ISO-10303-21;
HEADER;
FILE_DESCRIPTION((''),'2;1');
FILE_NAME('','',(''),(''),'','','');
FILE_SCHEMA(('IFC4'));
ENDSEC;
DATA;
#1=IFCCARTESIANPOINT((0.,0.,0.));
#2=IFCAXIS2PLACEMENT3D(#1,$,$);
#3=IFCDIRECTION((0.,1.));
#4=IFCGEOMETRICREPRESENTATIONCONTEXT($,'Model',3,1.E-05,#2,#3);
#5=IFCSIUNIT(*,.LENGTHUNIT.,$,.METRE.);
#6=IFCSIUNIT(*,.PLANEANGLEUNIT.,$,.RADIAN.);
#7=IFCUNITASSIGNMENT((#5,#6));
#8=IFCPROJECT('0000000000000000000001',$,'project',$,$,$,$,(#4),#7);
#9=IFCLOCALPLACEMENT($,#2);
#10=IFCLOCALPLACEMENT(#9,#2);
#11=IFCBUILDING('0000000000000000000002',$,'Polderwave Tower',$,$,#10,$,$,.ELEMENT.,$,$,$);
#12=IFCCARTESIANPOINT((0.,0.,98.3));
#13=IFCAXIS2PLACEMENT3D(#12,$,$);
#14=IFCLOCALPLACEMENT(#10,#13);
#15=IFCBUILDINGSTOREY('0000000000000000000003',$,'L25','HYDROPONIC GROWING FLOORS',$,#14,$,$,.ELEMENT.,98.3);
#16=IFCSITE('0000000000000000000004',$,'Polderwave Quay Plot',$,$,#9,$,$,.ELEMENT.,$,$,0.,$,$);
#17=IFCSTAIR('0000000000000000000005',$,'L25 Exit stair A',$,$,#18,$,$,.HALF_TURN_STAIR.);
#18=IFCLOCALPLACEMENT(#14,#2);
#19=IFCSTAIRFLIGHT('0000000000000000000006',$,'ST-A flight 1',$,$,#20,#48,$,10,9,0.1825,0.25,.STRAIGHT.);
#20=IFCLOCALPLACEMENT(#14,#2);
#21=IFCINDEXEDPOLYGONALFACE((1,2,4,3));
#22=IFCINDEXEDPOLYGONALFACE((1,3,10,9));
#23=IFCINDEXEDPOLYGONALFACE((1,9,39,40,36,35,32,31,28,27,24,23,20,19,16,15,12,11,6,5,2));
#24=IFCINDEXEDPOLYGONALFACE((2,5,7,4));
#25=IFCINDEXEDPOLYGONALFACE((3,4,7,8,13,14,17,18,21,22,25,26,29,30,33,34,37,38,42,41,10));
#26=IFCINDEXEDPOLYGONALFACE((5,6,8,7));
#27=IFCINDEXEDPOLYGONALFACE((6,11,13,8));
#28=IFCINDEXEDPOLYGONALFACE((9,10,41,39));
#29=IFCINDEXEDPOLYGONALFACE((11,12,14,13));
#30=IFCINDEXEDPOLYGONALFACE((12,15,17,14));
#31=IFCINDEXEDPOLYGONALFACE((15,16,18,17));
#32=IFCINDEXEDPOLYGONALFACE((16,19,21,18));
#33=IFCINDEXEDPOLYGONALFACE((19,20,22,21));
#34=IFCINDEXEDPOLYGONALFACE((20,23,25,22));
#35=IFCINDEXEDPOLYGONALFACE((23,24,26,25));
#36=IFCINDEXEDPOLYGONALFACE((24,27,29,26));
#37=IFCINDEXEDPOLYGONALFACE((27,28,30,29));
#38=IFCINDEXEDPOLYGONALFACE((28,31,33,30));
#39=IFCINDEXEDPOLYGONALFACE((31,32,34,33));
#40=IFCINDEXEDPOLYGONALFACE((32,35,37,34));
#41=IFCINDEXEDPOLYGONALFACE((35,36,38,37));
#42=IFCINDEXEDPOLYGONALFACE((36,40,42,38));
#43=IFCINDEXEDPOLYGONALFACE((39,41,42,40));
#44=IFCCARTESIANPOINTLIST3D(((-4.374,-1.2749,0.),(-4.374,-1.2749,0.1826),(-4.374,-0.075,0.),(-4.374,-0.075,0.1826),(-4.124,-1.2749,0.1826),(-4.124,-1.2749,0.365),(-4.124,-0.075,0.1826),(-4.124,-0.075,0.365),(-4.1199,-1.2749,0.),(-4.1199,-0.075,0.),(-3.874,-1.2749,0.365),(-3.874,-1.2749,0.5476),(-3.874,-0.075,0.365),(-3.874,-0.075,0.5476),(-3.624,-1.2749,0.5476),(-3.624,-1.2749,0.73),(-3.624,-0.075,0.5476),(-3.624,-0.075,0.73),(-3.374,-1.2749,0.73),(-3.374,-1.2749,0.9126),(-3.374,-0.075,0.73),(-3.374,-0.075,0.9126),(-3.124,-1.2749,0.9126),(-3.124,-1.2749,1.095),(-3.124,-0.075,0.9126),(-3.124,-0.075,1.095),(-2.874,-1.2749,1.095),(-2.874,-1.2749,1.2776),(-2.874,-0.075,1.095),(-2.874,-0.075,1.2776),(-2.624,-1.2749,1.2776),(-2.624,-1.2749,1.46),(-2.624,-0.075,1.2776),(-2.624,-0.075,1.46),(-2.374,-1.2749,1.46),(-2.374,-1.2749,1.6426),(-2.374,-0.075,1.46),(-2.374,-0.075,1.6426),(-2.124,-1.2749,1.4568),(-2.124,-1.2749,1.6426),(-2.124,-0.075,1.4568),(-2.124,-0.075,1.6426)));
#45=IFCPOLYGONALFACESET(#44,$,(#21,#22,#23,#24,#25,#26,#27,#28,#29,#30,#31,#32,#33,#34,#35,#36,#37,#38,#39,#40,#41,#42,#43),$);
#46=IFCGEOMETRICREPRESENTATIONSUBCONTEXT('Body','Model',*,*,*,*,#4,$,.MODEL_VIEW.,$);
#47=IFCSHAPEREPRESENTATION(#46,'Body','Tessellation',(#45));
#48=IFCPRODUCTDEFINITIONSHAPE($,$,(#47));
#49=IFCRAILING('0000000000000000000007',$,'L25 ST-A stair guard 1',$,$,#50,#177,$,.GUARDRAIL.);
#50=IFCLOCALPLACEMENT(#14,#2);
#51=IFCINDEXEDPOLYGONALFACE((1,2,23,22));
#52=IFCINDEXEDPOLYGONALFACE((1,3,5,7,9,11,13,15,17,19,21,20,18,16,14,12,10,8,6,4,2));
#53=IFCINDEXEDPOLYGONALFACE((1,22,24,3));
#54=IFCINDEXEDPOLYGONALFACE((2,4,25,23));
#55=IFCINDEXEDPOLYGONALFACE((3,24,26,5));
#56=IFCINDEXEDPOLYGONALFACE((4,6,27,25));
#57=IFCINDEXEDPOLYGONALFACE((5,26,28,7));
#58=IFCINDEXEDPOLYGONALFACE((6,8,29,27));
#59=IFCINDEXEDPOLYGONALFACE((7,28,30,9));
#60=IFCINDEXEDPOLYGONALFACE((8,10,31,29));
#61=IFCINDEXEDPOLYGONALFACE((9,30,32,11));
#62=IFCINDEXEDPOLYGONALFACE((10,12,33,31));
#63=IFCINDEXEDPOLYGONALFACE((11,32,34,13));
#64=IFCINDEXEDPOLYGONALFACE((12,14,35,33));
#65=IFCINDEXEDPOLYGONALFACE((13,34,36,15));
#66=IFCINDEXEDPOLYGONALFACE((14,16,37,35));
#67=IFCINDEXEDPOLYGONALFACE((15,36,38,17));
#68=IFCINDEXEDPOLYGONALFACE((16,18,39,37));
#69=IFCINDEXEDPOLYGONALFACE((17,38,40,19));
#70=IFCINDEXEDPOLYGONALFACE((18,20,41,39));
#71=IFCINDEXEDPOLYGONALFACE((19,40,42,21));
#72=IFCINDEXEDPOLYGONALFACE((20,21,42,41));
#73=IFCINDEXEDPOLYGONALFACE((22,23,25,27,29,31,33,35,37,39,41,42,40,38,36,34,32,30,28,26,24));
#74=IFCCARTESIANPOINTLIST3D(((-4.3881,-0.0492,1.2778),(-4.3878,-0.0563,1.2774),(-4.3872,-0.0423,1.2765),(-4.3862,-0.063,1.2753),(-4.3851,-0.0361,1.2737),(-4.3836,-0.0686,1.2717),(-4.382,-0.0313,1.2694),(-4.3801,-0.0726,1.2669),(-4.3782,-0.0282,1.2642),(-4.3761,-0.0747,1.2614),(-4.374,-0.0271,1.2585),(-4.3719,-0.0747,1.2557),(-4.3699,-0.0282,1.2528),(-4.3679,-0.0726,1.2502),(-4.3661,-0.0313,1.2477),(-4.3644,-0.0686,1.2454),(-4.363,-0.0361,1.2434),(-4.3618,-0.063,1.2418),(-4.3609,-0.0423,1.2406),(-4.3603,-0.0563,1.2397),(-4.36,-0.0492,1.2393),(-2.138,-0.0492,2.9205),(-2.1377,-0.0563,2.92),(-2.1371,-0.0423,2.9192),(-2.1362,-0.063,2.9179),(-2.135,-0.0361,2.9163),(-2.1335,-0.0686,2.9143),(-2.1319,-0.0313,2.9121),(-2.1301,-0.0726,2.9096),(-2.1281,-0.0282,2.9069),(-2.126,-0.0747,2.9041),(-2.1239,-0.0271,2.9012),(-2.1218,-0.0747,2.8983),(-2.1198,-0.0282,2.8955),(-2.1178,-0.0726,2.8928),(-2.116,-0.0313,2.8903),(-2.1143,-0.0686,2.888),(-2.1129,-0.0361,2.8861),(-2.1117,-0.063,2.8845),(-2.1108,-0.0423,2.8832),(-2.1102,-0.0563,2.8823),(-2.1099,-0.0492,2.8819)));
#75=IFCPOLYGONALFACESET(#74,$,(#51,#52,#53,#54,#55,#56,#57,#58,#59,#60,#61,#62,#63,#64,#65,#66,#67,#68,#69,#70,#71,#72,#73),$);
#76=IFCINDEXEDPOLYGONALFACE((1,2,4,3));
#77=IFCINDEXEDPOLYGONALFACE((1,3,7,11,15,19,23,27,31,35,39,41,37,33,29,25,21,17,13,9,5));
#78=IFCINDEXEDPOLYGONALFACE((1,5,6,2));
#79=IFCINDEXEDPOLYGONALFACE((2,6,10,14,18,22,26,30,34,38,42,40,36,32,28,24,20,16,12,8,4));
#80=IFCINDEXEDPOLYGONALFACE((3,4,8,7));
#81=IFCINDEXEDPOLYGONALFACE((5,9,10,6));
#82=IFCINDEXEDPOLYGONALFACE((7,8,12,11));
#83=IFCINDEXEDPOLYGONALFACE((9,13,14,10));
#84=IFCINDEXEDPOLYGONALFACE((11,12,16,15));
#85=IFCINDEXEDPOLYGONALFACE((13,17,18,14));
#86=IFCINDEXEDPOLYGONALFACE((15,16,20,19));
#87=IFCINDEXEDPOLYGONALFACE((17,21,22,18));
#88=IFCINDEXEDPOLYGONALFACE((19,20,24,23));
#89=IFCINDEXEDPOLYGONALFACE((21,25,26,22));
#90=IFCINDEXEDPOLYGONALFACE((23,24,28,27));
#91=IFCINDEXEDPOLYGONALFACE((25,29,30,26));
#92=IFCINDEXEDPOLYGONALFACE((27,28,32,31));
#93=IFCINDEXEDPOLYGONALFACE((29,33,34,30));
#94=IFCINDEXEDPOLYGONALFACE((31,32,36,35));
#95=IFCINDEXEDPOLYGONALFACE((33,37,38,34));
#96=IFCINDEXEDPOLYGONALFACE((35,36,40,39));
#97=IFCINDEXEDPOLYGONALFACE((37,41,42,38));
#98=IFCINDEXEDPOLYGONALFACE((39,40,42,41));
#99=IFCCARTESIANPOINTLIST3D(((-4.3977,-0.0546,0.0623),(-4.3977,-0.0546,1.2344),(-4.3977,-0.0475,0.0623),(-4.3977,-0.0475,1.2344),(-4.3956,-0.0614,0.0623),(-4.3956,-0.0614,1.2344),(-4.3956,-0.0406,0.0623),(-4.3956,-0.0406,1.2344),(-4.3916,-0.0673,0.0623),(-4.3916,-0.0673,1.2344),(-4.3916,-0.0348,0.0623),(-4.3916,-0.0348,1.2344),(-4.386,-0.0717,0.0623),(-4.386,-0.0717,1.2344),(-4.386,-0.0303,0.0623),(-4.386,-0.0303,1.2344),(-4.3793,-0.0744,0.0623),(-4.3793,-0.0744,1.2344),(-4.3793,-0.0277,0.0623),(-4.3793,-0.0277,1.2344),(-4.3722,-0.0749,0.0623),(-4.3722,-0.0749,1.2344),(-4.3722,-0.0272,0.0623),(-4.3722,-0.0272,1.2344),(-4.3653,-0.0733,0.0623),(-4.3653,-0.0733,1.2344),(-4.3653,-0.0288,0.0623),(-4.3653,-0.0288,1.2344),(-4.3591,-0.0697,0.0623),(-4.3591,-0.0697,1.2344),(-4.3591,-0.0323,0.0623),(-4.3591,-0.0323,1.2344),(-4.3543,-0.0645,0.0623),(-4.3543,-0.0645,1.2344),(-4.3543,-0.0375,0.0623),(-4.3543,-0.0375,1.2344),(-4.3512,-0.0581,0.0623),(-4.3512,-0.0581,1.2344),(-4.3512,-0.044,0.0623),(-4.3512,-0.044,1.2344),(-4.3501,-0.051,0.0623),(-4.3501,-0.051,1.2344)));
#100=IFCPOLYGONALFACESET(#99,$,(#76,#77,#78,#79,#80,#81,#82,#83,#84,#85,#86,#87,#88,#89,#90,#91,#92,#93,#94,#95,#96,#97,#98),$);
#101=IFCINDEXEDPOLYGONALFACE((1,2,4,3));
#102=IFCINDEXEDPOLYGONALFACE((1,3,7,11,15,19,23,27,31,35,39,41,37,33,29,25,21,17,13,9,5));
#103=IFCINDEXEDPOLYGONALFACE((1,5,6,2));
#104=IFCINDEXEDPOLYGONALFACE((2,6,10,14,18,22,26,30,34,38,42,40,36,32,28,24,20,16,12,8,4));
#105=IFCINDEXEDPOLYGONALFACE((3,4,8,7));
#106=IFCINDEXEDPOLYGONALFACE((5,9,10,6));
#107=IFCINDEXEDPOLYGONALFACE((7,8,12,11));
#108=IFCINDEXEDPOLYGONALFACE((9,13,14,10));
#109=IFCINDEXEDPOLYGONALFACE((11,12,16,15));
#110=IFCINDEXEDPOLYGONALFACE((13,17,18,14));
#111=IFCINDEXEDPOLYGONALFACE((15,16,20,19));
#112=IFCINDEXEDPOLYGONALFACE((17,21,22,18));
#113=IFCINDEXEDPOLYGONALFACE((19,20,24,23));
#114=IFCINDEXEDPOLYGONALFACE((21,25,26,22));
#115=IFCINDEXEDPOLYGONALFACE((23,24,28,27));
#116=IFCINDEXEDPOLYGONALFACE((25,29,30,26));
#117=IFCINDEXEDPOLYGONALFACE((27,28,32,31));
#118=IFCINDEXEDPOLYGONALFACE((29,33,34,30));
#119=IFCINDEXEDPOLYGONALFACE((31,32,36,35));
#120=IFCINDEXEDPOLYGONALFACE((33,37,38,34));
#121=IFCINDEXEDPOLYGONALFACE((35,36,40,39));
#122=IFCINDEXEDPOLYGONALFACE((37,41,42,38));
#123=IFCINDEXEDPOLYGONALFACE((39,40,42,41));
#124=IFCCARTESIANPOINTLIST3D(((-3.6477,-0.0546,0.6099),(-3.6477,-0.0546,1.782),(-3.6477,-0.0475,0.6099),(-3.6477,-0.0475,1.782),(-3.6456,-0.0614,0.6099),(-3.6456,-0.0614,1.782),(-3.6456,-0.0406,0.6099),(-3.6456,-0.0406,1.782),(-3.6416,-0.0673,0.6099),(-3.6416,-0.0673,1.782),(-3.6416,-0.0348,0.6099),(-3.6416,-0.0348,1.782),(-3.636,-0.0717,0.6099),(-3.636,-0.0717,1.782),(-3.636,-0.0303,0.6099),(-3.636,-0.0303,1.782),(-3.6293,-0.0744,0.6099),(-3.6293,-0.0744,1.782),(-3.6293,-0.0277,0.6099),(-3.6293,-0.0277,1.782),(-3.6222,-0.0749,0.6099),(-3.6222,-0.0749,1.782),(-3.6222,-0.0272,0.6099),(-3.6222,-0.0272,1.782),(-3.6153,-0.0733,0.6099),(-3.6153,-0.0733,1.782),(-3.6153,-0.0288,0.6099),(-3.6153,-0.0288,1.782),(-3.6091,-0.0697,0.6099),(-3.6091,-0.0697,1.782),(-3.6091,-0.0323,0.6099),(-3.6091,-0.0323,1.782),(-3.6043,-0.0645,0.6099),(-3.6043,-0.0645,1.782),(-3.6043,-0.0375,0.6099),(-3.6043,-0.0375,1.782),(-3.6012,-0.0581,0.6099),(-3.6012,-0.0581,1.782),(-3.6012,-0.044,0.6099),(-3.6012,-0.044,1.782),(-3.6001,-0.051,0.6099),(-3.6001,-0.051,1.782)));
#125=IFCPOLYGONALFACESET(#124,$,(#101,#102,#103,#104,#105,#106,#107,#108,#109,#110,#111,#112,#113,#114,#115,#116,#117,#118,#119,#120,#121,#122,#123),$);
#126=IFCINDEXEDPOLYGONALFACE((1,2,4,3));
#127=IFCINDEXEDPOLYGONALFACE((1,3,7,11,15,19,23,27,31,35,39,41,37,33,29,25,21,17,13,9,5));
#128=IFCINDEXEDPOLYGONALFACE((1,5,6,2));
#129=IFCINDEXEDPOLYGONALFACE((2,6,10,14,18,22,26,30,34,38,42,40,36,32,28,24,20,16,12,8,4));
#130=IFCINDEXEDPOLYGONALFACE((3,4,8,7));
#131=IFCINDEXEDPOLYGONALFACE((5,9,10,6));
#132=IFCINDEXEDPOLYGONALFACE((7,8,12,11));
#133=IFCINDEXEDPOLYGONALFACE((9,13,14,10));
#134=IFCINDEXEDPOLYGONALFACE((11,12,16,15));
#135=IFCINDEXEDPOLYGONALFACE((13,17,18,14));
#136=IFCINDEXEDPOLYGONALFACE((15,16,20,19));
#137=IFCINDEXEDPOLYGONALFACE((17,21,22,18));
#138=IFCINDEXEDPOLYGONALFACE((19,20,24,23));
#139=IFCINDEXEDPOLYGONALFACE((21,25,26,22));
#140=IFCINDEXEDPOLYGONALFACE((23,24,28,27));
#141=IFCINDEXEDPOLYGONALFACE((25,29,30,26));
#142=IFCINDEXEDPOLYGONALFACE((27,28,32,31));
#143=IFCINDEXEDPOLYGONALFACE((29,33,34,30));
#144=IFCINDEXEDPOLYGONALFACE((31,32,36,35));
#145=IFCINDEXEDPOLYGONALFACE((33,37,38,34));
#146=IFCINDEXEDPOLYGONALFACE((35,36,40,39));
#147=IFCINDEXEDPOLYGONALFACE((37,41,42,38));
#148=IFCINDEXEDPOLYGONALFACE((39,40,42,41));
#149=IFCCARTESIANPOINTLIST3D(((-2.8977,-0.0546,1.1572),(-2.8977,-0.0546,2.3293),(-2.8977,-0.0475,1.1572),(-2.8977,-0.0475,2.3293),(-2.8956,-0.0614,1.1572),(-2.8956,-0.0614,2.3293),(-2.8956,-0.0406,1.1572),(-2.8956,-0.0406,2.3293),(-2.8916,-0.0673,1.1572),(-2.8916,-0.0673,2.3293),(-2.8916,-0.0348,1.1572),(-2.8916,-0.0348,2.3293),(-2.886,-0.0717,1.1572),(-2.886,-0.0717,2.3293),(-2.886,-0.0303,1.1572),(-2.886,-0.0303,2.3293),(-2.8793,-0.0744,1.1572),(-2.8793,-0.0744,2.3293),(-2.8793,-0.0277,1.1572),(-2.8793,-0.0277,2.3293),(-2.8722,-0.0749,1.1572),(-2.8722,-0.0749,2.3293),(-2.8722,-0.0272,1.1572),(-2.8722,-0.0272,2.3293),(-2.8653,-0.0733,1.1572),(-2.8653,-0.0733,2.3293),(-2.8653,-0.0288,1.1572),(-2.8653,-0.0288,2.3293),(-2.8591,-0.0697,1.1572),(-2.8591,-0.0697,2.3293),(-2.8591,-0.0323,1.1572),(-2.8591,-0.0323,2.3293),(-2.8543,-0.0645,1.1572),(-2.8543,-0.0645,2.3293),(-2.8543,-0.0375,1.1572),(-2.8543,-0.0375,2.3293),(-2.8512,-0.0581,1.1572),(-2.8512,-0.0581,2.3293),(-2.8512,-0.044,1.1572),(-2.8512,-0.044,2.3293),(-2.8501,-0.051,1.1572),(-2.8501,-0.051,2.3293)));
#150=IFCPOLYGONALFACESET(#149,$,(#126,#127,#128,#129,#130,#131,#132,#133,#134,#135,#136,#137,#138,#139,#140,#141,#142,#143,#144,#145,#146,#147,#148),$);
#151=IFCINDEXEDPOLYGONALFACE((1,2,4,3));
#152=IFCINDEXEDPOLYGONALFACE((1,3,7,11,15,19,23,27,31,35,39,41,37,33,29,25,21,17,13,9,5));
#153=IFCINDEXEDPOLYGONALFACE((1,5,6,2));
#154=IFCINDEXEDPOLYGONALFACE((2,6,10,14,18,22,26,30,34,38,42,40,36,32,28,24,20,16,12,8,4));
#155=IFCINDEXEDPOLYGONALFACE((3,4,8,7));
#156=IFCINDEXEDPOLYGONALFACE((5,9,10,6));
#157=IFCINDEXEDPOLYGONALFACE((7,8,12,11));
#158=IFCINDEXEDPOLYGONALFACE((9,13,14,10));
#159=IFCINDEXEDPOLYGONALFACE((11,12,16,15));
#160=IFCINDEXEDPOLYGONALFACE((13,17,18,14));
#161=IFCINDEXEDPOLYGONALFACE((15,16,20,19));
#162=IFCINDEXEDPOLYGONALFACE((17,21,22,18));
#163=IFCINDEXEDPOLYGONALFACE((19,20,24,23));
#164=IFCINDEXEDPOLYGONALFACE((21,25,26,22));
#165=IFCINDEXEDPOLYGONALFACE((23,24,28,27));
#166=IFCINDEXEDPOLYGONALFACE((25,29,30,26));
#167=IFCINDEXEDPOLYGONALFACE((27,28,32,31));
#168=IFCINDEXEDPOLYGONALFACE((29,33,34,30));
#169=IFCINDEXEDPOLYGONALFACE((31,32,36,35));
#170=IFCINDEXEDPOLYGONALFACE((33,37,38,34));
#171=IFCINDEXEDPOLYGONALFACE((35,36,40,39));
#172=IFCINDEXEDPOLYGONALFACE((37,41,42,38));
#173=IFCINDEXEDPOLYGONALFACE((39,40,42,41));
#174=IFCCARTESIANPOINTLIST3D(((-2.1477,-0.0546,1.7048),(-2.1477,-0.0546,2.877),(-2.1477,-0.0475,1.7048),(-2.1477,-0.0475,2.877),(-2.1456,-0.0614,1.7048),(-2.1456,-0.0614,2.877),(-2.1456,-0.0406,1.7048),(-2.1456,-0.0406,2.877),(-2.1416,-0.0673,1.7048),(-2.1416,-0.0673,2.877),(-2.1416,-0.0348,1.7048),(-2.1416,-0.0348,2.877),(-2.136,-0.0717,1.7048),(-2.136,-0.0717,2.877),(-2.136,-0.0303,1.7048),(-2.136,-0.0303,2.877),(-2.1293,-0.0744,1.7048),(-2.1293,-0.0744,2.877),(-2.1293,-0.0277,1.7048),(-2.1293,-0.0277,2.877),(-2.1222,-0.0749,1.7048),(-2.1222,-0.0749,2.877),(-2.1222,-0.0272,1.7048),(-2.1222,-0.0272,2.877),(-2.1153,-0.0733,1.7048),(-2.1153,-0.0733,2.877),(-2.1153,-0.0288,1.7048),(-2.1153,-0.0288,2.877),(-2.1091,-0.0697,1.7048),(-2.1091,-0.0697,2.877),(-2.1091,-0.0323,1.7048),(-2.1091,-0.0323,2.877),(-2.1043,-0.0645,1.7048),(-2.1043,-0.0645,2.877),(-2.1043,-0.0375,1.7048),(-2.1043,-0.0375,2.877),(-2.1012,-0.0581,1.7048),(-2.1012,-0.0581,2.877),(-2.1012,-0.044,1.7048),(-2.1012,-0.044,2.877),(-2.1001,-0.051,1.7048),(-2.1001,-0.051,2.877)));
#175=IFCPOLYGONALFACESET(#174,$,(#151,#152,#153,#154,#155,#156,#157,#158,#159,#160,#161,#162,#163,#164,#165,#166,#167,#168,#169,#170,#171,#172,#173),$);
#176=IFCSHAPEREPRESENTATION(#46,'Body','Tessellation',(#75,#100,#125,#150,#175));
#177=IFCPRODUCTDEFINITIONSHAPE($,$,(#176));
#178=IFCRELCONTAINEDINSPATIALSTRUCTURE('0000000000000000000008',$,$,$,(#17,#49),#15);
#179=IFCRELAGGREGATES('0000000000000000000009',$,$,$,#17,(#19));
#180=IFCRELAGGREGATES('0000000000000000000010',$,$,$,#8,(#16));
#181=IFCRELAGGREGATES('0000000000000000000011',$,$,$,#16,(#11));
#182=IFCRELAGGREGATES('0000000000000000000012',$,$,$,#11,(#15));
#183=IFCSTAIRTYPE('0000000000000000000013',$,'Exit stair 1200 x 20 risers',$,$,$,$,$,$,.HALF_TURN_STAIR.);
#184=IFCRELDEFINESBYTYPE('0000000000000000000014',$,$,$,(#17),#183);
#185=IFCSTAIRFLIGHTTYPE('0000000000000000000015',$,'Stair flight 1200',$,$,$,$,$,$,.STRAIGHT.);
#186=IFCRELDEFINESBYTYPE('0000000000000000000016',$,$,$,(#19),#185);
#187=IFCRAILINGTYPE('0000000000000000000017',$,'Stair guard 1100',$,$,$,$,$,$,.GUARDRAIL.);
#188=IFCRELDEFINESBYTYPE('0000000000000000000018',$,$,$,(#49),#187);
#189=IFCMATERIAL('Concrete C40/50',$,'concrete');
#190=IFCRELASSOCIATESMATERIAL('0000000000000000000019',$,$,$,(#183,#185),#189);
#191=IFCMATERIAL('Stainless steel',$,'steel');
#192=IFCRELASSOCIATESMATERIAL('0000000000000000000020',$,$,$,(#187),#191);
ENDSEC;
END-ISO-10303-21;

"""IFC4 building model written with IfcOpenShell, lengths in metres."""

from ifc_helpers import new_model, si_unit, direction, frame, origin, origin_2d, place, context, subcontext, project, spatial, polyline, circle, outline, extrude, material, type_object, element, aggregate, save


model = new_model("IFC4")

# Units and contexts
model_context = context("Model", 3, precision=1e-05, world=origin(), true_north=direction((0.0, 1.0)))
body_context = subcontext(model_context, "Body", "Model", "MODEL_VIEW")
ifc_project = project(units=[si_unit("LENGTHUNIT", "METRE"), si_unit("PLANEANGLEUNIT", "RADIAN")], contexts=[model_context])

# Site, building, storey
site_placement = place(None, origin())
site = spatial("IfcSite", under=ifc_project, at=site_placement, Name="Polderwave Quay Plot", CompositionType="ELEMENT", RefElevation=0.0)
building_placement = place(site_placement, origin())
building = spatial("IfcBuilding", under=site, at=building_placement, Name="Polderwave Tower", CompositionType="ELEMENT")
storey_placement = place(building_placement, frame((0.0, 0.0, 98.3)))
storey = spatial("IfcBuildingStorey", under=building, at=storey_placement, Name="L25", Description="HYDROPONIC GROWING FLOORS", CompositionType="ELEMENT", Elevation=98.3)

# Shared definitions
ifc_material_1 = material(Name="Concrete C40/50", Category="concrete")

# Stair, stair flight
stair_type = type_object("IfcStairType", Name="Exit stair 1200 x 20 risers", PredefinedType="HALF_TURN_STAIR", material=ifc_material_1)
stair_placement = place(storey_placement, origin())
stair = element("IfcStair", 1, at=stair_placement, inside=storey, type_object=stair_type, Name="L25 Exit stair A", PredefinedType="HALF_TURN_STAIR")
stair_flight_type = type_object("IfcStairFlightType", Name="Stair flight 1200", PredefinedType="STRAIGHT", material=ifc_material_1)
stair_flight_placement = place(storey_placement, frame((-4.374, -0.675, 0.0), z_axis=(0.0, 0.0, 1.0), x_axis=(1.0, 0.0, 0.0)))
stair_flight = element("IfcStairFlight", 2, at=stair_flight_placement, type_object=stair_flight_type, Name="ST-A flight 1", NumberOfRisers=10, NumberOfTreads=9, PredefinedType="STRAIGHT", RiserHeight=0.1825, TreadLength=0.25, context=body_context, shape_type="SweptSolid", body=[
    extrude(outline(polyline([(0.0, 0.0), (0.0, 0.1826), (0.25, 0.1826), (0.25, 0.365), (0.5, 0.365), (0.5, 0.5476), (0.75, 0.5476), (0.75, 0.73), (1.0, 0.73), (1.0, 0.9126), (1.25, 0.9126), (1.25, 1.095), (1.5, 1.095), (1.5, 1.2776), (1.75, 1.2776), (1.75, 1.46), (2.0, 1.46), (2.0, 1.6426), (2.25, 1.6426), (2.25, 1.825), (2.25, 1.4568), (0.2542, 0.0), (0.0, 0.0)])), frame((0.0, 0.6001, 0.0), z_axis=(0.0, -1.0, 0.0), x_axis=(1.0, 0.0, 0.0)), (0.0, 0.0, 1.0), 1.2),
])
aggregate(stair, [stair_flight])

# Railing
ifc_material_2 = material(Name="Stainless steel", Category="steel")
railing_type_1 = type_object("IfcRailingType", Name="Stair guard 1100", PredefinedType="GUARDRAIL", material=ifc_material_2)
railing_1_placement = place(storey_placement, frame((-4.374, -0.051, 0.0623)))
element("IfcRailing", 3, at=railing_1_placement, inside=storey, type_object=railing_type_1, Name="L25 ST-A stair guard 1", PredefinedType="GUARDRAIL", context=body_context, shape_type="SweptSolid", body=[
    extrude(circle(Radius=0.0239, at=origin_2d()), frame((0.0, 0.0, 1.1963), z_axis=(0.807674, 0.0, 0.58963), x_axis=(0.0, 1.0, 0.0)), (0.0, 0.0, 1.0), 2.7859),
    extrude(circle(Radius=0.0239, at=origin_2d()), origin(), (0.0, 0.0, 1.0), 1.1721),
    extrude(circle(Radius=0.0239, at=origin_2d()), frame((0.75, 0.0, 0.5476)), (0.0, 0.0, 1.0), 1.1721),
    extrude(circle(Radius=0.0239, at=origin_2d()), frame((1.5, 0.0, 1.095)), (0.0, 0.0, 1.0), 1.1721),
    extrude(circle(Radius=0.0239, at=origin_2d()), frame((2.25, 0.0, 1.6426)), (0.0, 0.0, 1.0), 1.1721),
])

save(model, "model.ifc")
